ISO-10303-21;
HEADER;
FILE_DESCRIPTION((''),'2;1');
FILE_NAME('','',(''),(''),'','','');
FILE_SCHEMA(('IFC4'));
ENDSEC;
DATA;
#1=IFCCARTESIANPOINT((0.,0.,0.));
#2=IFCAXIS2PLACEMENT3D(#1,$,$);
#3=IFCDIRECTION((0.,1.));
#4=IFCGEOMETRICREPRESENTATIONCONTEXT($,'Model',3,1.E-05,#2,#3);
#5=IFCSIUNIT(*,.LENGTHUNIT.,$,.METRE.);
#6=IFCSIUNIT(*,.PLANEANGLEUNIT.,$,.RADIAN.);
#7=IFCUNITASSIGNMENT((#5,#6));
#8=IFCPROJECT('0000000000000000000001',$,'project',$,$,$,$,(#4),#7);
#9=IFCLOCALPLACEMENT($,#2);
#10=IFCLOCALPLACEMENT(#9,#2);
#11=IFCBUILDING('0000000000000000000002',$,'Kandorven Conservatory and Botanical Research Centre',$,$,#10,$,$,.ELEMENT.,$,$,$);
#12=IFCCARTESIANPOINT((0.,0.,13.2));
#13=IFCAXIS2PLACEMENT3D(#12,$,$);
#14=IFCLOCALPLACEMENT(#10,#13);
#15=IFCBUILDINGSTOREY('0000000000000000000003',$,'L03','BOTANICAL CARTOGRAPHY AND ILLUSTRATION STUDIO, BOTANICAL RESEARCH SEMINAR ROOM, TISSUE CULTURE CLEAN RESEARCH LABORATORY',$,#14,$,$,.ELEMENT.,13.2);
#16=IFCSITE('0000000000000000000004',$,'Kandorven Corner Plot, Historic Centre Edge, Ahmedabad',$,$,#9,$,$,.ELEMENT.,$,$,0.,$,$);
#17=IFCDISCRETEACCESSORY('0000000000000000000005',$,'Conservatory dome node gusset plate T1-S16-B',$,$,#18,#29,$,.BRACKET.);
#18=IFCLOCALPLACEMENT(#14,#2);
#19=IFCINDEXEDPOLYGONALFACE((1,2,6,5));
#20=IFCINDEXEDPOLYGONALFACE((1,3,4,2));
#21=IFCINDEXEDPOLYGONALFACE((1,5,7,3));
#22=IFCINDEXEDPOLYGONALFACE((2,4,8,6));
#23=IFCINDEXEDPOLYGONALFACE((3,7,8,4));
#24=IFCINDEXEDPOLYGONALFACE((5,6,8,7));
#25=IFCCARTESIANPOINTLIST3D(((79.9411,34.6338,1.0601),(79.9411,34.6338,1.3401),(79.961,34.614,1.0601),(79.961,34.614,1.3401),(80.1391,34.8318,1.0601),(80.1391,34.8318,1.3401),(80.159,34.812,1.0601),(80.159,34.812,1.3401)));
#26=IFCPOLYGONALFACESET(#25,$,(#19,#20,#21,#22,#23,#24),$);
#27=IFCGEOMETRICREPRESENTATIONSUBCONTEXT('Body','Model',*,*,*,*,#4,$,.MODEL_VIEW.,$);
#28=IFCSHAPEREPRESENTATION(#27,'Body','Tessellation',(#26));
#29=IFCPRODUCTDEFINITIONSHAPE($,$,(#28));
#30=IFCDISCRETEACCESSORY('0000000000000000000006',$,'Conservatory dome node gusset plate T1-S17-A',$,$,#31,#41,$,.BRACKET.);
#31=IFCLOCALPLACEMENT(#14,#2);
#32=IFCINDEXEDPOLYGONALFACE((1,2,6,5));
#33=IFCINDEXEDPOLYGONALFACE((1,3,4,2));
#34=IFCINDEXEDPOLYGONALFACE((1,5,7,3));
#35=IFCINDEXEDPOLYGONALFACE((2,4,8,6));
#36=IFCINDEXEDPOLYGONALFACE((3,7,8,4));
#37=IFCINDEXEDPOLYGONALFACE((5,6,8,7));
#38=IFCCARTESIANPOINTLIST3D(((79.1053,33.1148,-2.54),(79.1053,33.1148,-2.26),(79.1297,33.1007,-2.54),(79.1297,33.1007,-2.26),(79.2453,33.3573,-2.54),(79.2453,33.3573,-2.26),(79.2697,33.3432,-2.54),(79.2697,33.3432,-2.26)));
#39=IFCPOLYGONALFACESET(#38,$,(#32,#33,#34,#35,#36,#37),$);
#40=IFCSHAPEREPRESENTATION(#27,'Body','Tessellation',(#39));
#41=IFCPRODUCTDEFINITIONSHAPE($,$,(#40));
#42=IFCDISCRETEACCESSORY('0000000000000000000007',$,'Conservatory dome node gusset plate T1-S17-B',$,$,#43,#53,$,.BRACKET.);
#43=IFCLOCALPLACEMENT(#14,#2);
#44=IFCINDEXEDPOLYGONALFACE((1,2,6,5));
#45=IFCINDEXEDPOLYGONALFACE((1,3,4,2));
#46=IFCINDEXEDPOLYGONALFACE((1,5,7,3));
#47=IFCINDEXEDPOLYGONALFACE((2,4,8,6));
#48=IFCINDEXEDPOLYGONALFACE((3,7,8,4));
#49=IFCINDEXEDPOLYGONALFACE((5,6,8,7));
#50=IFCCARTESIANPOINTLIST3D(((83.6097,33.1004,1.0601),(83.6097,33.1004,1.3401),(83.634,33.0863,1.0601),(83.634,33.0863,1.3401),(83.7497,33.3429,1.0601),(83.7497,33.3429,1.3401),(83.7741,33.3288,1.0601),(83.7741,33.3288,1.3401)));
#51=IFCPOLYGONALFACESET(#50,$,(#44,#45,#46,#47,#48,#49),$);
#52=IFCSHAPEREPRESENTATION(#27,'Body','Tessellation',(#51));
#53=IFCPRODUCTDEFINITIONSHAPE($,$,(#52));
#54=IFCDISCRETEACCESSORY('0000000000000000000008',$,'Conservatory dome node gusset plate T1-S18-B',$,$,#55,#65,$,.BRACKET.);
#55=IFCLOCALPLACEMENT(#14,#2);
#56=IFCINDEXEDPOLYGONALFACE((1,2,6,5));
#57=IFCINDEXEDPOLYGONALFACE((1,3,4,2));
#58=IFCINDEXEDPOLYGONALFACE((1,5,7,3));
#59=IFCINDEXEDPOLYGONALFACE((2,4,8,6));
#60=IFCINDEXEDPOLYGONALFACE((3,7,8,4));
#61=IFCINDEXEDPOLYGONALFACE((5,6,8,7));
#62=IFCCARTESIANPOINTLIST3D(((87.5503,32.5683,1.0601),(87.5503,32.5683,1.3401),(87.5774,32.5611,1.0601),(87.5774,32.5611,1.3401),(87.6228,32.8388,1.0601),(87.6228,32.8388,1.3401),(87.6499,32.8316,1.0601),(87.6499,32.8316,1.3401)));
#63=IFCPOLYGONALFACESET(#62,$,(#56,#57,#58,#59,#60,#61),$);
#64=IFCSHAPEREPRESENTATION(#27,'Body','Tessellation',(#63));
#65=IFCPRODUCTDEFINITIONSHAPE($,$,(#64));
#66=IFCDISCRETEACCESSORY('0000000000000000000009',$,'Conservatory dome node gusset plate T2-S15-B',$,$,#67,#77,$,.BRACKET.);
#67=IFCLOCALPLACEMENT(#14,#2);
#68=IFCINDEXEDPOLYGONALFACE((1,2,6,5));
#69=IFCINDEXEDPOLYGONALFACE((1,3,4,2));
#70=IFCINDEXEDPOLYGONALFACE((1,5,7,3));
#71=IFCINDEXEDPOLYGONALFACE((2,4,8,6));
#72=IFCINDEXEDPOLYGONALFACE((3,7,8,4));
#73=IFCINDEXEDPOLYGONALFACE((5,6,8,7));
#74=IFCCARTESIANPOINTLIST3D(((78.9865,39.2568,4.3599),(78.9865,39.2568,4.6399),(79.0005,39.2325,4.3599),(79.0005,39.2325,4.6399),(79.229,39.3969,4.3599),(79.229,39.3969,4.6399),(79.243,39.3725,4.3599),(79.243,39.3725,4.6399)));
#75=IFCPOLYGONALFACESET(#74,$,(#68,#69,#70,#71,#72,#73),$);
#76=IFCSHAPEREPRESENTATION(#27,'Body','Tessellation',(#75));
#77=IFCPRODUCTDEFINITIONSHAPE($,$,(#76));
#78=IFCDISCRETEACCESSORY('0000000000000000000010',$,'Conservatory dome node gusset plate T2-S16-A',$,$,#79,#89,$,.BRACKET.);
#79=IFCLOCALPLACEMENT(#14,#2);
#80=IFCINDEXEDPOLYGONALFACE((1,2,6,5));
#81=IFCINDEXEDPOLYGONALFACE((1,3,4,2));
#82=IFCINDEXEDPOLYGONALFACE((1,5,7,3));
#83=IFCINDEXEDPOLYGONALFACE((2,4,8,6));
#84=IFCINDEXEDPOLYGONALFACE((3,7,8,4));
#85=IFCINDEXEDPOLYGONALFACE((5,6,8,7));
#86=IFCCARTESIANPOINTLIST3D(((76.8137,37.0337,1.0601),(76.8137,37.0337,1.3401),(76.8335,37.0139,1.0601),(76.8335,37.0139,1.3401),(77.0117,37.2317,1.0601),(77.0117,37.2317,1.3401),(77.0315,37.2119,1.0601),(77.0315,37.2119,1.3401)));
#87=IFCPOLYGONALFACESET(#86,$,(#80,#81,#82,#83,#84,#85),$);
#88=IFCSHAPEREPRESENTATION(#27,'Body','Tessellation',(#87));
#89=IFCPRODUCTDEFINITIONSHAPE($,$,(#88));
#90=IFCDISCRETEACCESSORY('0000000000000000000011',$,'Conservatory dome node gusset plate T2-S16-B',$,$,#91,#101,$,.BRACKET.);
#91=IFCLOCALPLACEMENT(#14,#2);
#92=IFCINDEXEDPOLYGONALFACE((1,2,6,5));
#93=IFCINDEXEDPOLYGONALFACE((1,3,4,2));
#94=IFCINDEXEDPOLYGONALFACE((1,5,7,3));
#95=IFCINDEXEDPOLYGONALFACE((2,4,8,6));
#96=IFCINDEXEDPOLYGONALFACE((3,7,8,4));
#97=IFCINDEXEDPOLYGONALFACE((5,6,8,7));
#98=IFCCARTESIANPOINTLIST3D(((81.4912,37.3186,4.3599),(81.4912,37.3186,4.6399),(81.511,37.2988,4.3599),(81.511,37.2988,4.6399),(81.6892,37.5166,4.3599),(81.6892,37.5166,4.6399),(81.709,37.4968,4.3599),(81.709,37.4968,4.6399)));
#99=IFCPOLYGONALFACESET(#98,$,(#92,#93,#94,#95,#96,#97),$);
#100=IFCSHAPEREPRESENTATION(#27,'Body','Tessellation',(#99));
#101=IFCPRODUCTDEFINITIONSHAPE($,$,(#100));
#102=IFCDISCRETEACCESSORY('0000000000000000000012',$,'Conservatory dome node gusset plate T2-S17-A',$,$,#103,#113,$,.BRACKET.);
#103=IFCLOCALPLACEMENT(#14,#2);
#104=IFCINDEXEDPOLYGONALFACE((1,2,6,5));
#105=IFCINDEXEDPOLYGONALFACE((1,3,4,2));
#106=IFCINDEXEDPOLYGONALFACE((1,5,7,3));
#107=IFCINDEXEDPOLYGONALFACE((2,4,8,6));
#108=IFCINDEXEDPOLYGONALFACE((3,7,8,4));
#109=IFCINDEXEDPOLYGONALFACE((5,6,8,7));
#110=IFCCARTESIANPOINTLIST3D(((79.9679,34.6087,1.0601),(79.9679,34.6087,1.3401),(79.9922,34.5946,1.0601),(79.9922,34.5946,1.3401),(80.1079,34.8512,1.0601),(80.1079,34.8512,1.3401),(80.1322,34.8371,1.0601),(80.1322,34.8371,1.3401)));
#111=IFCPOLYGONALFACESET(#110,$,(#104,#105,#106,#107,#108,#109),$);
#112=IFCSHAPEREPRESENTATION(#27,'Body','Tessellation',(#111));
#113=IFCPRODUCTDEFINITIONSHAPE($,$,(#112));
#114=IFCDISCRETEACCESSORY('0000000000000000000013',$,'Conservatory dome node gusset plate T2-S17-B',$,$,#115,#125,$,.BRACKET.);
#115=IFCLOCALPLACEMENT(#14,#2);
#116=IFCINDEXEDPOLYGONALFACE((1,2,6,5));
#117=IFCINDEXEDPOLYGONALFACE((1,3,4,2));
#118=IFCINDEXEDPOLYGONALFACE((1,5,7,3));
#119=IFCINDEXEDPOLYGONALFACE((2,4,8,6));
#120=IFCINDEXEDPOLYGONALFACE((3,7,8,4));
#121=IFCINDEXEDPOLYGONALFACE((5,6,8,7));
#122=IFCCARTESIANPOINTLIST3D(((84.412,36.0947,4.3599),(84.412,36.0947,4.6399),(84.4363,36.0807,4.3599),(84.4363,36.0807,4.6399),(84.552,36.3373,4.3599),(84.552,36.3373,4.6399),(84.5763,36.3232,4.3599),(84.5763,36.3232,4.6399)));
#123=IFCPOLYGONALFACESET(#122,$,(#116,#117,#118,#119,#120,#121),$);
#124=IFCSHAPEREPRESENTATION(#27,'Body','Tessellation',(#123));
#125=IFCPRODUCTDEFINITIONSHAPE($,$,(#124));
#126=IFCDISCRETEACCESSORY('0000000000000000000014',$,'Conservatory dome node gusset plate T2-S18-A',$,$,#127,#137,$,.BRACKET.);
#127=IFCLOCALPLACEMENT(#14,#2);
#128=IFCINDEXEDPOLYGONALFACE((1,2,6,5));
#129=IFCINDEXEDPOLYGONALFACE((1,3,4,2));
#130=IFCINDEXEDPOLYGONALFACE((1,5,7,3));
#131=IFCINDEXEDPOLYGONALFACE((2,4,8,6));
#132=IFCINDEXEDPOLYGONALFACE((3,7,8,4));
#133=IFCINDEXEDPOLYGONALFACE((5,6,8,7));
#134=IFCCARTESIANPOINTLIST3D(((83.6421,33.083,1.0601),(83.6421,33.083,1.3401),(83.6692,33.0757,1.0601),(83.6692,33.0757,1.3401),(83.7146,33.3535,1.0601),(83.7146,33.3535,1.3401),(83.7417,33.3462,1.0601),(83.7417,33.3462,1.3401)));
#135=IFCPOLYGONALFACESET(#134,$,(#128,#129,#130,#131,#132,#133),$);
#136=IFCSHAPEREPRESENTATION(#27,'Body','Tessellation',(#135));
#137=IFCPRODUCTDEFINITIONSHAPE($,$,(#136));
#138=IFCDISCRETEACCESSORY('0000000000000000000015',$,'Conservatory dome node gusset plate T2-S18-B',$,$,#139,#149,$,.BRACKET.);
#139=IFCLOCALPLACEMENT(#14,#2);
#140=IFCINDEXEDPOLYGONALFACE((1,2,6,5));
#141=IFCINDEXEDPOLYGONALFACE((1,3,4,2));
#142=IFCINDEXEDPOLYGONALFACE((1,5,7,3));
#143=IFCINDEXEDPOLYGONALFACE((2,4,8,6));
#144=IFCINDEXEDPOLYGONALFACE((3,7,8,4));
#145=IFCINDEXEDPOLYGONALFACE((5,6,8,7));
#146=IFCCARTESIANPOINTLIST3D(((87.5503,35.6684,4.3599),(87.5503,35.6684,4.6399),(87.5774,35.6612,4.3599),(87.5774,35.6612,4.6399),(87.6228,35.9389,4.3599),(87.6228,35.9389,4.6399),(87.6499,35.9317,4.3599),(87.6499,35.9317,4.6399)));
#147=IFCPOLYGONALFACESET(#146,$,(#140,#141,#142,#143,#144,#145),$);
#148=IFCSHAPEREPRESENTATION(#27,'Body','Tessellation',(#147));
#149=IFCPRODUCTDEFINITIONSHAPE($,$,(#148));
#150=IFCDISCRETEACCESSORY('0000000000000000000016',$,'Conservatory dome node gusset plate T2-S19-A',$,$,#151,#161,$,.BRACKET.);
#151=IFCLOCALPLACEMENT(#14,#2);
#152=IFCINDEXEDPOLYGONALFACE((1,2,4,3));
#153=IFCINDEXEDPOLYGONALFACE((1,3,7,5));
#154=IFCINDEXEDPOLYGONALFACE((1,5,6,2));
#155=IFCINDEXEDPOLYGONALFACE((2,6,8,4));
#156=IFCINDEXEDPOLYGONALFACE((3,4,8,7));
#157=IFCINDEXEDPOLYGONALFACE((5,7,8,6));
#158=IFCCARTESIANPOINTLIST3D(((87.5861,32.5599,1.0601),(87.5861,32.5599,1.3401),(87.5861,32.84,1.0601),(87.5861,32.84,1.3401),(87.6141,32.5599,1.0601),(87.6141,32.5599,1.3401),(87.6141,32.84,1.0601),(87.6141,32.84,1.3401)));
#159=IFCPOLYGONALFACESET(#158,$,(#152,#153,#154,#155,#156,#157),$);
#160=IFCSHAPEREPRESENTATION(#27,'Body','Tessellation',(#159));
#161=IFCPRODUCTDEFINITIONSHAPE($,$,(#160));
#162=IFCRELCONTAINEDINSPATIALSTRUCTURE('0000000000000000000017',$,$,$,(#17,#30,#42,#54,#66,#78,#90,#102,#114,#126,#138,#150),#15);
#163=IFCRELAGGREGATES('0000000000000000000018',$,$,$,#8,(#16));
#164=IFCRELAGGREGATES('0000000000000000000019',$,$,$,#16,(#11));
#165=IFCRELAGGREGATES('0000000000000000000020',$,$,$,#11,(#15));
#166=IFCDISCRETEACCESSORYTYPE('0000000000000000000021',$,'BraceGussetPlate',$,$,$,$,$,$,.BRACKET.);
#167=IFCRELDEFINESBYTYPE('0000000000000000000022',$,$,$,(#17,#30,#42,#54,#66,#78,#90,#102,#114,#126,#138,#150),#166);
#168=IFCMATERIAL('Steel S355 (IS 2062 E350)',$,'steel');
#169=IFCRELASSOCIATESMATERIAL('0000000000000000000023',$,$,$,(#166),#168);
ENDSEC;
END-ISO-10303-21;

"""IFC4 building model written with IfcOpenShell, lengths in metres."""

from ifc_helpers import new_model, si_unit, direction, frame, origin, origin_2d, place, context, subcontext, project, spatial, rectangle, extrude, material, type_object, element, save


model = new_model("IFC4")

# Units and contexts
model_context = context("Model", 3, precision=1e-05, world=origin(), true_north=direction((0.0, 1.0)))
body_context = subcontext(model_context, "Body", "Model", "MODEL_VIEW")
ifc_project = project(units=[si_unit("LENGTHUNIT", "METRE"), si_unit("PLANEANGLEUNIT", "RADIAN")], contexts=[model_context])

# Site, building, storey
site_placement = place(None, origin())
site = spatial("IfcSite", under=ifc_project, at=site_placement, Name="Kandorven Corner Plot, Historic Centre Edge, Ahmedabad", CompositionType="ELEMENT", RefElevation=0.0)
building_placement = place(site_placement, origin())
building = spatial("IfcBuilding", under=site, at=building_placement, Name="Kandorven Conservatory and Botanical Research Centre", CompositionType="ELEMENT")
storey_placement = place(building_placement, frame((0.0, 0.0, 13.2)))
storey = spatial("IfcBuildingStorey", under=building, at=storey_placement, Name="L03", Description="BOTANICAL CARTOGRAPHY AND ILLUSTRATION STUDIO, BOTANICAL RESEARCH SEMINAR ROOM, TISSUE CULTURE CLEAN RESEARCH LABORATORY", CompositionType="ELEMENT", Elevation=13.2)

# Discrete accessories
ifc_material_1 = material(Name="Steel S355 (IS 2062 E350)", Category="steel")
discrete_accessory_type = type_object("IfcDiscreteAccessoryType", Name="BraceGussetPlate", PredefinedType="BRACKET", material=ifc_material_1)
for number, where, z_axis, x_axis, name in (
    (1, (80.05, 34.7229, 1.0601), (0.0, 0.0, 1.0), (-0.707107, -0.707107, 0.0), "Conservatory dome node gusset plate T1-S16-B"),
    (2, (79.1875, 33.229, -2.54), (0.0, 0.0, 1.0), (-0.5, -0.866025, 0.0), "Conservatory dome node gusset plate T1-S17-A"),
    (3, (83.6919, 33.2146, 1.0601), (0.0, 0.0, 1.0), (-0.5, -0.866025, 0.0), "Conservatory dome node gusset plate T1-S17-B"),
    (4, (87.6001, 32.7, 1.0601), (0.0, 0.0, 1.0), (-0.258819, -0.965926, 0.0), "Conservatory dome node gusset plate T1-S18-B"),
    (5, (79.1147, 39.3147, 4.3599), (0.0, 0.0, 1.0), (-0.866025, -0.5, 0.0), "Conservatory dome node gusset plate T2-S15-B"),
    (6, (76.9226, 37.1228, 1.0601), (0.0, 0.0, 1.0), (-0.707107, -0.707107, 0.0), "Conservatory dome node gusset plate T2-S16-A"),
    (7, (81.6001, 37.4077, 4.3599), (0.0, 0.0, 1.0), (-0.707107, -0.707107, 0.0), "Conservatory dome node gusset plate T2-S16-B"),
    (8, (80.05, 34.7229, 1.0601), (0.0, 0.0, 1.0), (-0.5, -0.866025, 0.0), "Conservatory dome node gusset plate T2-S17-A"),
    (9, (84.4941, 36.209, 4.3599), (0.0, 0.0, 1.0), (-0.5, -0.866025, 0.0), "Conservatory dome node gusset plate T2-S17-B"),
    (10, (83.6919, 33.2146, 1.0601), (0.0, 0.0, 1.0), (-0.258819, -0.965926, 0.0), "Conservatory dome node gusset plate T2-S18-A"),
    (11, (87.6001, 35.8, 4.3599), (0.0, 0.0, 1.0), (-0.258819, -0.965926, 0.0), "Conservatory dome node gusset plate T2-S18-B"),
    (12, (87.6001, 32.7, 1.0601), (0.0, 0.0, 1.0), (0.0, -1.0, 0.0), "Conservatory dome node gusset plate T2-S19-A"),
):
    element("IfcDiscreteAccessory", number, at=place(storey_placement, frame(where, z_axis=z_axis, x_axis=x_axis)), inside=storey, type_object=discrete_accessory_type, Name=name, PredefinedType="BRACKET", context=body_context, shape_type="SweptSolid", body=[
        extrude(rectangle(XDim=0.28, YDim=0.0281, at=origin_2d()), origin(), (0.0, 0.0, 1.0), 0.28),
    ])

save(model, "model.ifc")
